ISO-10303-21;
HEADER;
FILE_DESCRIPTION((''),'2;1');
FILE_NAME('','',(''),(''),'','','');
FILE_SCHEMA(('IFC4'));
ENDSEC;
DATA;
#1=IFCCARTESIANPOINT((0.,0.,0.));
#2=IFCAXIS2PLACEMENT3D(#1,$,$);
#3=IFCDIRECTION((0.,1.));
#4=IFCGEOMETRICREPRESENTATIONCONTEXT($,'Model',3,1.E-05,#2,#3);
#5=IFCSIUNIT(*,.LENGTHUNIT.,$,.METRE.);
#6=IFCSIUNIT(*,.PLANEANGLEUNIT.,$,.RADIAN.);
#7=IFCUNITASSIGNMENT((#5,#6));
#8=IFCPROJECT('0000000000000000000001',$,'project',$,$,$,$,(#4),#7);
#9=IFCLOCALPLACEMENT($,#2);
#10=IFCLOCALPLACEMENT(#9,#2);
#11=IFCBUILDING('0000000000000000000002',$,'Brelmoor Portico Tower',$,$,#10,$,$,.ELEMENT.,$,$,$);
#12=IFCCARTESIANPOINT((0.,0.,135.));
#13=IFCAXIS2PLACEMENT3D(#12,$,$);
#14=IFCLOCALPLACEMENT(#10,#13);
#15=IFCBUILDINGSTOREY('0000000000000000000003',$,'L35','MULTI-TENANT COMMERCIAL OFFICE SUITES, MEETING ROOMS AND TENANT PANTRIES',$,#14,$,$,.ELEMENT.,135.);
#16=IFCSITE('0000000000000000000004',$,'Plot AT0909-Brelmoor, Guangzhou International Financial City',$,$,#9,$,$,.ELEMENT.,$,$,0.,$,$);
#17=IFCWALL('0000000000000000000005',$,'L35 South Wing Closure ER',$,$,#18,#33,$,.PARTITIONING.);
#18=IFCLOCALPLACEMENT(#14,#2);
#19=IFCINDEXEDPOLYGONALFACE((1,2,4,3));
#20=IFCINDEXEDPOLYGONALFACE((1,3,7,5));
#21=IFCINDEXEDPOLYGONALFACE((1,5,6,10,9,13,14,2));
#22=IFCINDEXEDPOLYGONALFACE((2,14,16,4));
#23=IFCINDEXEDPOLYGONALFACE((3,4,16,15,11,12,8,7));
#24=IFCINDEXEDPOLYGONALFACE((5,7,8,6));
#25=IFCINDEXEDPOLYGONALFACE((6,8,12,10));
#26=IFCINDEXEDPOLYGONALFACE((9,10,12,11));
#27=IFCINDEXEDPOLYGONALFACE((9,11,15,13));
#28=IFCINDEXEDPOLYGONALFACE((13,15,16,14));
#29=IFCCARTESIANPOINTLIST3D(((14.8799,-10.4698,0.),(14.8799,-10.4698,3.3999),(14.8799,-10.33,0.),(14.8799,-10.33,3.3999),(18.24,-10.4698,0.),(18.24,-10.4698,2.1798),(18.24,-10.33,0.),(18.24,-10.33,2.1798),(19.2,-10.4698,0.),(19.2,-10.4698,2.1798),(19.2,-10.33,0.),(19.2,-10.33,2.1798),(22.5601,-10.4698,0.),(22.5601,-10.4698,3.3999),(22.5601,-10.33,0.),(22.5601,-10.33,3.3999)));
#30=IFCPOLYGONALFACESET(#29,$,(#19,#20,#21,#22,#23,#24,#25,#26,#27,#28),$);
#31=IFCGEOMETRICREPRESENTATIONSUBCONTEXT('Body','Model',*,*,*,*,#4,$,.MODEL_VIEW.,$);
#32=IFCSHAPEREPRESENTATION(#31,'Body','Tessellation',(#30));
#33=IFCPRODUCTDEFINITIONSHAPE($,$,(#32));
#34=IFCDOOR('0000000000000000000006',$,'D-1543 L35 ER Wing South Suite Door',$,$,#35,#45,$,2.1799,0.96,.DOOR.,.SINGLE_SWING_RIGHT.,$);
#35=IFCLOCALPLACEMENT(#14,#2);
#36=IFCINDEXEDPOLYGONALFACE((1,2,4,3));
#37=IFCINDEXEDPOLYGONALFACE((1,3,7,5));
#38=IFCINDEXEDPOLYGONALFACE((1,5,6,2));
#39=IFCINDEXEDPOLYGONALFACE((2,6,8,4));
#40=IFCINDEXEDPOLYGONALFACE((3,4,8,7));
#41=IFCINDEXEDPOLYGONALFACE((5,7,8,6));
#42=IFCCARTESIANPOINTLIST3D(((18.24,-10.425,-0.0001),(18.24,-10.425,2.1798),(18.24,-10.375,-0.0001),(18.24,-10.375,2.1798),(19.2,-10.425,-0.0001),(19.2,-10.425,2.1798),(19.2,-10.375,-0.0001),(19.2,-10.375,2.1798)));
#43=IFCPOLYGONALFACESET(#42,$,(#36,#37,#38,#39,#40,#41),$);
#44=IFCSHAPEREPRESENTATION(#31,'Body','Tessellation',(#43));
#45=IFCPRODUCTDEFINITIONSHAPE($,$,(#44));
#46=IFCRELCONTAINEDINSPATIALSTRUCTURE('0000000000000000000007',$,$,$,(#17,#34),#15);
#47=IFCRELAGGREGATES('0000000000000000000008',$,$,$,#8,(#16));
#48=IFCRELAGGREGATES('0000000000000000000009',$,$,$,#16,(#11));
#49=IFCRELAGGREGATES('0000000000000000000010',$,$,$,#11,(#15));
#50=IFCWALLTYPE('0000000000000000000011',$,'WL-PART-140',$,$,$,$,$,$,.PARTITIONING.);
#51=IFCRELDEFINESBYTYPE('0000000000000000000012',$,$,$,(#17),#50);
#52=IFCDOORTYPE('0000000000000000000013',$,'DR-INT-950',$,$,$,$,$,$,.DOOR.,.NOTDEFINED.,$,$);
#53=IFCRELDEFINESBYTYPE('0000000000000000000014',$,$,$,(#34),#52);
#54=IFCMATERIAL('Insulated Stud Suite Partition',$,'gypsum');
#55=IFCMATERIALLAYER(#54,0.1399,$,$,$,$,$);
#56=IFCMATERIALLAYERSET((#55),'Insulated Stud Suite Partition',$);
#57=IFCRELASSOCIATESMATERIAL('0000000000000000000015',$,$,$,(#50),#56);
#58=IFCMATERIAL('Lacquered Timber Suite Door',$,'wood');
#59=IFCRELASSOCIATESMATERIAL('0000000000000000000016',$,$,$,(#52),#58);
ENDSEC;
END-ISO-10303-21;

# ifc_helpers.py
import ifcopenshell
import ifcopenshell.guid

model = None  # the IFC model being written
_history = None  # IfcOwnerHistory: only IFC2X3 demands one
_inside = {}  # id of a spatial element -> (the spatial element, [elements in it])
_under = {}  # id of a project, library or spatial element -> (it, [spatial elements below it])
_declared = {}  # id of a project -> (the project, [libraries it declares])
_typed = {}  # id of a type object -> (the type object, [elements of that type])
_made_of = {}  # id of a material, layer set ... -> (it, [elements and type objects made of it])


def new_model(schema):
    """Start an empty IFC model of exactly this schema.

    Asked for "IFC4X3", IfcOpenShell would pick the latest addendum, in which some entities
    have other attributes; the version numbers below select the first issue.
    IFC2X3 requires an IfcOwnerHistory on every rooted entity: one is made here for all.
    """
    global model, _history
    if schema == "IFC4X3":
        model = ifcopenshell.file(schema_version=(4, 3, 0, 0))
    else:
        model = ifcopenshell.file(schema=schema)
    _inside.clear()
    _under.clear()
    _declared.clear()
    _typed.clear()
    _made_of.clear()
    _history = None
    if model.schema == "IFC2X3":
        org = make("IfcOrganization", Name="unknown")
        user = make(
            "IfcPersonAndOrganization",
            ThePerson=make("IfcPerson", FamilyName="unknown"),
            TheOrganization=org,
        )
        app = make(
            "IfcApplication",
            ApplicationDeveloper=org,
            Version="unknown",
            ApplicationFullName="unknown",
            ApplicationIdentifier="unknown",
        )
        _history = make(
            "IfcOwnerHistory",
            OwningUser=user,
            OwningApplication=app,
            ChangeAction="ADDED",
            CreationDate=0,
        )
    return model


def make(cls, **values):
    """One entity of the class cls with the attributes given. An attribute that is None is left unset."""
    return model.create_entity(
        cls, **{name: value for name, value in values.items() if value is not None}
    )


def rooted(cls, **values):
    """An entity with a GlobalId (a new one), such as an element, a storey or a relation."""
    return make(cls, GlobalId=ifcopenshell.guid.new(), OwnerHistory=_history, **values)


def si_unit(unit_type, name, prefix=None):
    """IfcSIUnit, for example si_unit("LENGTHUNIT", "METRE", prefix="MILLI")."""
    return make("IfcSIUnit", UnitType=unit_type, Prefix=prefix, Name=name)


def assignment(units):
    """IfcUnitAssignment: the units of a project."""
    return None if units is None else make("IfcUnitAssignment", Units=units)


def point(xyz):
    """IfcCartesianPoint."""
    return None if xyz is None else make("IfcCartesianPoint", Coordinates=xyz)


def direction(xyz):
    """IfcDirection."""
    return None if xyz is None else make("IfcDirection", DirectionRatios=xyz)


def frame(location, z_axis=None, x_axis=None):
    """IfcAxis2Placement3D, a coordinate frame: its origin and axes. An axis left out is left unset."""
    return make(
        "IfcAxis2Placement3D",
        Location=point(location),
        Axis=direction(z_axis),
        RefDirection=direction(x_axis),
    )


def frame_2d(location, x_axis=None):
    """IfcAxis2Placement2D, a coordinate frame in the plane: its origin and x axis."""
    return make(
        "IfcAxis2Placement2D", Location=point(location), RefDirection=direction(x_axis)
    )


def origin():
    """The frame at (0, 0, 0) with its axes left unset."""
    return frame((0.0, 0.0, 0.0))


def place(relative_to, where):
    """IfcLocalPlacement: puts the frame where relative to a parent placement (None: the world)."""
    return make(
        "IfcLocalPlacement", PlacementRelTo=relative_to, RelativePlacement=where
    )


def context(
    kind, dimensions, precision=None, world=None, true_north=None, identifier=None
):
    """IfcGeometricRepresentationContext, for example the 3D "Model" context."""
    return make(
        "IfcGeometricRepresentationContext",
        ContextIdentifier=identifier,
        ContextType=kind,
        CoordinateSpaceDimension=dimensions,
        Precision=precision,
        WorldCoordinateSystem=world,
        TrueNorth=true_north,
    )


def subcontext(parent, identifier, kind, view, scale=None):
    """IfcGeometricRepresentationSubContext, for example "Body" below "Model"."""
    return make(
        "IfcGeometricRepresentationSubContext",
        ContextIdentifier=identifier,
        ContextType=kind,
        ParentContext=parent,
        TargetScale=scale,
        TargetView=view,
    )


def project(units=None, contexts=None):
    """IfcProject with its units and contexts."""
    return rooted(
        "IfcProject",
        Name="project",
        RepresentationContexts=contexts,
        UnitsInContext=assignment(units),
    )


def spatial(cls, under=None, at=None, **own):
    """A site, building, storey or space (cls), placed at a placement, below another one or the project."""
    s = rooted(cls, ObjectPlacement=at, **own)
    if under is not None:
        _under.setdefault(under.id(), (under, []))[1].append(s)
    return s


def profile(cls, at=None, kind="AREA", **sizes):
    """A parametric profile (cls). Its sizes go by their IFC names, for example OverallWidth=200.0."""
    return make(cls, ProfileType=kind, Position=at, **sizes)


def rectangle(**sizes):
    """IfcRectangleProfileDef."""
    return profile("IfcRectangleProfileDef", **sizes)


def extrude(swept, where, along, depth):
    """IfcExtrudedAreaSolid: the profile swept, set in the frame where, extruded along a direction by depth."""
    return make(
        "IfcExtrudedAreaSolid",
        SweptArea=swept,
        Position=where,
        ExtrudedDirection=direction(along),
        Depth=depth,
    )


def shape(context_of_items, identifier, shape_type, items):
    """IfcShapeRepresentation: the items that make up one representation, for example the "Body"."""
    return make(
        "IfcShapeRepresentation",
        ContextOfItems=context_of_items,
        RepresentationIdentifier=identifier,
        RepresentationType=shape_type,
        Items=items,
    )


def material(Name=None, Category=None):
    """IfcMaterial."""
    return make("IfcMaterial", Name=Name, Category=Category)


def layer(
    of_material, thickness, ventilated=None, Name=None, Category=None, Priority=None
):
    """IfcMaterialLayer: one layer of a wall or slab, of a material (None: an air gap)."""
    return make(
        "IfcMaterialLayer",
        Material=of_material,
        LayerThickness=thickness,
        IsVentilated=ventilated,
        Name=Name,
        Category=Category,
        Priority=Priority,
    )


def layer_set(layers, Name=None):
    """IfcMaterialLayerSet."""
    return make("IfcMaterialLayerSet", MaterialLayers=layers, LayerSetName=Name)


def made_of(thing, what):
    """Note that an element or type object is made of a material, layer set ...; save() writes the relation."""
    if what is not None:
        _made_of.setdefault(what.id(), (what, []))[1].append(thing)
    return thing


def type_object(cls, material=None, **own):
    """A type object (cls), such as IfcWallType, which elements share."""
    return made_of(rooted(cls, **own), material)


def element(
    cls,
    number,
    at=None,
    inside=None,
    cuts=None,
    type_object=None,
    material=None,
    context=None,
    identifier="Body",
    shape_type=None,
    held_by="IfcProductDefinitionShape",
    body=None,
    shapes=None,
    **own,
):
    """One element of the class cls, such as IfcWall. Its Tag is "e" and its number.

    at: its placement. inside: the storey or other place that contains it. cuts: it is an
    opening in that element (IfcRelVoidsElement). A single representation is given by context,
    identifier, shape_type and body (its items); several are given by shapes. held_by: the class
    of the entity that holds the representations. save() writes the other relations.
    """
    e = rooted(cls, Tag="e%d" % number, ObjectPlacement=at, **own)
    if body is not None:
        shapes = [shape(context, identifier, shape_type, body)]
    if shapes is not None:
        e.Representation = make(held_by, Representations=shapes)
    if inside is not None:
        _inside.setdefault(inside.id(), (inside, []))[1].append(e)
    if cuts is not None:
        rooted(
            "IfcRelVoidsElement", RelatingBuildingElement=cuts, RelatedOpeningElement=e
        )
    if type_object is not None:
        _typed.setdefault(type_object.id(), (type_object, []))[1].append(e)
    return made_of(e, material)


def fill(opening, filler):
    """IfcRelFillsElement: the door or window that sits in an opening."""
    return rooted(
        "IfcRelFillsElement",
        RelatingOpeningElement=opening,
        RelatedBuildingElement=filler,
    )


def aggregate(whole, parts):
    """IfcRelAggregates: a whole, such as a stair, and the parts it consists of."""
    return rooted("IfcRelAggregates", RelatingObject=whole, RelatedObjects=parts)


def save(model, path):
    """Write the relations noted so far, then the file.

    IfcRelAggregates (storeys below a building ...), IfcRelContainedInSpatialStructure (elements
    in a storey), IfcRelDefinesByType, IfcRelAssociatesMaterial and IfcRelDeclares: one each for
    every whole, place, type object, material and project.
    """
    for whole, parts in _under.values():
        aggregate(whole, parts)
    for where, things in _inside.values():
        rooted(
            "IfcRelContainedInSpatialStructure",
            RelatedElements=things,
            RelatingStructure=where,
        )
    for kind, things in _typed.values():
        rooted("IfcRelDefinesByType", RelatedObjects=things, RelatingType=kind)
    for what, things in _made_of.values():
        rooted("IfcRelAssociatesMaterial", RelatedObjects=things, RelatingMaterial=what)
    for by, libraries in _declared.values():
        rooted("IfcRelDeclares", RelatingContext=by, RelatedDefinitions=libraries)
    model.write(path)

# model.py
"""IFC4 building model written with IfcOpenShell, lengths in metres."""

from ifc_helpers import new_model, si_unit, direction, frame, frame_2d, origin, place, context, subcontext, project, spatial, rectangle, extrude, material, layer, layer_set, type_object, element, fill, save


model = new_model("IFC4")

# Units and contexts
model_context = context("Model", 3, precision=1e-05, world=origin(), true_north=direction((0.0, 1.0)))
body_context = subcontext(model_context, "Body", "Model", "MODEL_VIEW")
ifc_project = project(units=[si_unit("LENGTHUNIT", "METRE"), si_unit("PLANEANGLEUNIT", "RADIAN")], contexts=[model_context])

# Site, building, storey
site_placement = place(None, origin())
site = spatial("IfcSite", under=ifc_project, at=site_placement, Name="Plot AT0909-Brelmoor, Guangzhou International Financial City", CompositionType="ELEMENT", RefElevation=0.0)
building_placement = place(site_placement, origin())
building = spatial("IfcBuilding", under=site, at=building_placement, Name="Brelmoor Portico Tower", CompositionType="ELEMENT")
storey_placement = place(building_placement, frame((0.0, 0.0, 135.0)))
storey = spatial("IfcBuildingStorey", under=building, at=storey_placement, Name="L35", Description="MULTI-TENANT COMMERCIAL OFFICE SUITES, MEETING ROOMS AND TENANT PANTRIES", CompositionType="ELEMENT", Elevation=135.0)

# Wall, opening, door
ifc_material_1 = material(Name="Insulated Stud Suite Partition", Category="gypsum")
ifc_layer_1 = layer(ifc_material_1, 0.1399)
ifc_layer_set_1 = layer_set([ifc_layer_1], Name="Insulated Stud Suite Partition")
wall_type_1 = type_object("IfcWallType", Name="WL-PART-140", PredefinedType="PARTITIONING", material=ifc_layer_set_1)
wall_placement = place(storey_placement, frame((14.8799, -10.3999, 0.0), z_axis=(0.0, 0.0, 1.0), x_axis=(1.0, 0.0, 0.0)))
wall = element("IfcWall", 1, at=wall_placement, inside=storey, type_object=wall_type_1, Name="L35 South Wing Closure ER", PredefinedType="PARTITIONING", context=body_context, shape_type="SweptSolid", body=[
    extrude(rectangle(XDim=7.6802, YDim=0.1399, at=frame_2d((3.8401, 0.0))), origin(), (0.0, 0.0, 1.0), 3.3999),
])
opening_placement = place(wall_placement, frame((3.3601, 0.0, 0.0)))
opening = element("IfcOpeningElement", 2, at=opening_placement, cuts=wall, PredefinedType="OPENING", context=body_context, shape_type="SweptSolid", body=[
    extrude(rectangle(XDim=0.96, YDim=2.1799, at=frame_2d((0.48, 1.0898))), frame((0.0, 0.0798, 0.0), z_axis=(0.0, -1.0, 0.0), x_axis=(1.0, 0.0, 0.0)), (0.0, 0.0, 1.0), 0.1599),
])
ifc_material_2 = material(Name="Lacquered Timber Suite Door", Category="wood")
door_type = type_object("IfcDoorType", Name="DR-INT-950", OperationType="NOTDEFINED", PredefinedType="DOOR", material=ifc_material_2)
door_placement = place(opening_placement, origin())
door = element("IfcDoor", 3, at=door_placement, inside=storey, type_object=door_type, Name="D-1543 L35 ER Wing South Suite Door", OperationType="SINGLE_SWING_RIGHT", OverallHeight=2.1799, OverallWidth=0.96, PredefinedType="DOOR", context=body_context, shape_type="SweptSolid", body=[
    extrude(rectangle(XDim=0.96, YDim=2.1799, at=frame_2d((0.48, 1.0898))), frame((0.0, 0.0249, 0.0), z_axis=(0.0, -1.0, 0.0), x_axis=(1.0, 0.0, 0.0)), (0.0, 0.0, 1.0), 0.05),
])
fill(opening, door)

save(model, "model.ifc")
